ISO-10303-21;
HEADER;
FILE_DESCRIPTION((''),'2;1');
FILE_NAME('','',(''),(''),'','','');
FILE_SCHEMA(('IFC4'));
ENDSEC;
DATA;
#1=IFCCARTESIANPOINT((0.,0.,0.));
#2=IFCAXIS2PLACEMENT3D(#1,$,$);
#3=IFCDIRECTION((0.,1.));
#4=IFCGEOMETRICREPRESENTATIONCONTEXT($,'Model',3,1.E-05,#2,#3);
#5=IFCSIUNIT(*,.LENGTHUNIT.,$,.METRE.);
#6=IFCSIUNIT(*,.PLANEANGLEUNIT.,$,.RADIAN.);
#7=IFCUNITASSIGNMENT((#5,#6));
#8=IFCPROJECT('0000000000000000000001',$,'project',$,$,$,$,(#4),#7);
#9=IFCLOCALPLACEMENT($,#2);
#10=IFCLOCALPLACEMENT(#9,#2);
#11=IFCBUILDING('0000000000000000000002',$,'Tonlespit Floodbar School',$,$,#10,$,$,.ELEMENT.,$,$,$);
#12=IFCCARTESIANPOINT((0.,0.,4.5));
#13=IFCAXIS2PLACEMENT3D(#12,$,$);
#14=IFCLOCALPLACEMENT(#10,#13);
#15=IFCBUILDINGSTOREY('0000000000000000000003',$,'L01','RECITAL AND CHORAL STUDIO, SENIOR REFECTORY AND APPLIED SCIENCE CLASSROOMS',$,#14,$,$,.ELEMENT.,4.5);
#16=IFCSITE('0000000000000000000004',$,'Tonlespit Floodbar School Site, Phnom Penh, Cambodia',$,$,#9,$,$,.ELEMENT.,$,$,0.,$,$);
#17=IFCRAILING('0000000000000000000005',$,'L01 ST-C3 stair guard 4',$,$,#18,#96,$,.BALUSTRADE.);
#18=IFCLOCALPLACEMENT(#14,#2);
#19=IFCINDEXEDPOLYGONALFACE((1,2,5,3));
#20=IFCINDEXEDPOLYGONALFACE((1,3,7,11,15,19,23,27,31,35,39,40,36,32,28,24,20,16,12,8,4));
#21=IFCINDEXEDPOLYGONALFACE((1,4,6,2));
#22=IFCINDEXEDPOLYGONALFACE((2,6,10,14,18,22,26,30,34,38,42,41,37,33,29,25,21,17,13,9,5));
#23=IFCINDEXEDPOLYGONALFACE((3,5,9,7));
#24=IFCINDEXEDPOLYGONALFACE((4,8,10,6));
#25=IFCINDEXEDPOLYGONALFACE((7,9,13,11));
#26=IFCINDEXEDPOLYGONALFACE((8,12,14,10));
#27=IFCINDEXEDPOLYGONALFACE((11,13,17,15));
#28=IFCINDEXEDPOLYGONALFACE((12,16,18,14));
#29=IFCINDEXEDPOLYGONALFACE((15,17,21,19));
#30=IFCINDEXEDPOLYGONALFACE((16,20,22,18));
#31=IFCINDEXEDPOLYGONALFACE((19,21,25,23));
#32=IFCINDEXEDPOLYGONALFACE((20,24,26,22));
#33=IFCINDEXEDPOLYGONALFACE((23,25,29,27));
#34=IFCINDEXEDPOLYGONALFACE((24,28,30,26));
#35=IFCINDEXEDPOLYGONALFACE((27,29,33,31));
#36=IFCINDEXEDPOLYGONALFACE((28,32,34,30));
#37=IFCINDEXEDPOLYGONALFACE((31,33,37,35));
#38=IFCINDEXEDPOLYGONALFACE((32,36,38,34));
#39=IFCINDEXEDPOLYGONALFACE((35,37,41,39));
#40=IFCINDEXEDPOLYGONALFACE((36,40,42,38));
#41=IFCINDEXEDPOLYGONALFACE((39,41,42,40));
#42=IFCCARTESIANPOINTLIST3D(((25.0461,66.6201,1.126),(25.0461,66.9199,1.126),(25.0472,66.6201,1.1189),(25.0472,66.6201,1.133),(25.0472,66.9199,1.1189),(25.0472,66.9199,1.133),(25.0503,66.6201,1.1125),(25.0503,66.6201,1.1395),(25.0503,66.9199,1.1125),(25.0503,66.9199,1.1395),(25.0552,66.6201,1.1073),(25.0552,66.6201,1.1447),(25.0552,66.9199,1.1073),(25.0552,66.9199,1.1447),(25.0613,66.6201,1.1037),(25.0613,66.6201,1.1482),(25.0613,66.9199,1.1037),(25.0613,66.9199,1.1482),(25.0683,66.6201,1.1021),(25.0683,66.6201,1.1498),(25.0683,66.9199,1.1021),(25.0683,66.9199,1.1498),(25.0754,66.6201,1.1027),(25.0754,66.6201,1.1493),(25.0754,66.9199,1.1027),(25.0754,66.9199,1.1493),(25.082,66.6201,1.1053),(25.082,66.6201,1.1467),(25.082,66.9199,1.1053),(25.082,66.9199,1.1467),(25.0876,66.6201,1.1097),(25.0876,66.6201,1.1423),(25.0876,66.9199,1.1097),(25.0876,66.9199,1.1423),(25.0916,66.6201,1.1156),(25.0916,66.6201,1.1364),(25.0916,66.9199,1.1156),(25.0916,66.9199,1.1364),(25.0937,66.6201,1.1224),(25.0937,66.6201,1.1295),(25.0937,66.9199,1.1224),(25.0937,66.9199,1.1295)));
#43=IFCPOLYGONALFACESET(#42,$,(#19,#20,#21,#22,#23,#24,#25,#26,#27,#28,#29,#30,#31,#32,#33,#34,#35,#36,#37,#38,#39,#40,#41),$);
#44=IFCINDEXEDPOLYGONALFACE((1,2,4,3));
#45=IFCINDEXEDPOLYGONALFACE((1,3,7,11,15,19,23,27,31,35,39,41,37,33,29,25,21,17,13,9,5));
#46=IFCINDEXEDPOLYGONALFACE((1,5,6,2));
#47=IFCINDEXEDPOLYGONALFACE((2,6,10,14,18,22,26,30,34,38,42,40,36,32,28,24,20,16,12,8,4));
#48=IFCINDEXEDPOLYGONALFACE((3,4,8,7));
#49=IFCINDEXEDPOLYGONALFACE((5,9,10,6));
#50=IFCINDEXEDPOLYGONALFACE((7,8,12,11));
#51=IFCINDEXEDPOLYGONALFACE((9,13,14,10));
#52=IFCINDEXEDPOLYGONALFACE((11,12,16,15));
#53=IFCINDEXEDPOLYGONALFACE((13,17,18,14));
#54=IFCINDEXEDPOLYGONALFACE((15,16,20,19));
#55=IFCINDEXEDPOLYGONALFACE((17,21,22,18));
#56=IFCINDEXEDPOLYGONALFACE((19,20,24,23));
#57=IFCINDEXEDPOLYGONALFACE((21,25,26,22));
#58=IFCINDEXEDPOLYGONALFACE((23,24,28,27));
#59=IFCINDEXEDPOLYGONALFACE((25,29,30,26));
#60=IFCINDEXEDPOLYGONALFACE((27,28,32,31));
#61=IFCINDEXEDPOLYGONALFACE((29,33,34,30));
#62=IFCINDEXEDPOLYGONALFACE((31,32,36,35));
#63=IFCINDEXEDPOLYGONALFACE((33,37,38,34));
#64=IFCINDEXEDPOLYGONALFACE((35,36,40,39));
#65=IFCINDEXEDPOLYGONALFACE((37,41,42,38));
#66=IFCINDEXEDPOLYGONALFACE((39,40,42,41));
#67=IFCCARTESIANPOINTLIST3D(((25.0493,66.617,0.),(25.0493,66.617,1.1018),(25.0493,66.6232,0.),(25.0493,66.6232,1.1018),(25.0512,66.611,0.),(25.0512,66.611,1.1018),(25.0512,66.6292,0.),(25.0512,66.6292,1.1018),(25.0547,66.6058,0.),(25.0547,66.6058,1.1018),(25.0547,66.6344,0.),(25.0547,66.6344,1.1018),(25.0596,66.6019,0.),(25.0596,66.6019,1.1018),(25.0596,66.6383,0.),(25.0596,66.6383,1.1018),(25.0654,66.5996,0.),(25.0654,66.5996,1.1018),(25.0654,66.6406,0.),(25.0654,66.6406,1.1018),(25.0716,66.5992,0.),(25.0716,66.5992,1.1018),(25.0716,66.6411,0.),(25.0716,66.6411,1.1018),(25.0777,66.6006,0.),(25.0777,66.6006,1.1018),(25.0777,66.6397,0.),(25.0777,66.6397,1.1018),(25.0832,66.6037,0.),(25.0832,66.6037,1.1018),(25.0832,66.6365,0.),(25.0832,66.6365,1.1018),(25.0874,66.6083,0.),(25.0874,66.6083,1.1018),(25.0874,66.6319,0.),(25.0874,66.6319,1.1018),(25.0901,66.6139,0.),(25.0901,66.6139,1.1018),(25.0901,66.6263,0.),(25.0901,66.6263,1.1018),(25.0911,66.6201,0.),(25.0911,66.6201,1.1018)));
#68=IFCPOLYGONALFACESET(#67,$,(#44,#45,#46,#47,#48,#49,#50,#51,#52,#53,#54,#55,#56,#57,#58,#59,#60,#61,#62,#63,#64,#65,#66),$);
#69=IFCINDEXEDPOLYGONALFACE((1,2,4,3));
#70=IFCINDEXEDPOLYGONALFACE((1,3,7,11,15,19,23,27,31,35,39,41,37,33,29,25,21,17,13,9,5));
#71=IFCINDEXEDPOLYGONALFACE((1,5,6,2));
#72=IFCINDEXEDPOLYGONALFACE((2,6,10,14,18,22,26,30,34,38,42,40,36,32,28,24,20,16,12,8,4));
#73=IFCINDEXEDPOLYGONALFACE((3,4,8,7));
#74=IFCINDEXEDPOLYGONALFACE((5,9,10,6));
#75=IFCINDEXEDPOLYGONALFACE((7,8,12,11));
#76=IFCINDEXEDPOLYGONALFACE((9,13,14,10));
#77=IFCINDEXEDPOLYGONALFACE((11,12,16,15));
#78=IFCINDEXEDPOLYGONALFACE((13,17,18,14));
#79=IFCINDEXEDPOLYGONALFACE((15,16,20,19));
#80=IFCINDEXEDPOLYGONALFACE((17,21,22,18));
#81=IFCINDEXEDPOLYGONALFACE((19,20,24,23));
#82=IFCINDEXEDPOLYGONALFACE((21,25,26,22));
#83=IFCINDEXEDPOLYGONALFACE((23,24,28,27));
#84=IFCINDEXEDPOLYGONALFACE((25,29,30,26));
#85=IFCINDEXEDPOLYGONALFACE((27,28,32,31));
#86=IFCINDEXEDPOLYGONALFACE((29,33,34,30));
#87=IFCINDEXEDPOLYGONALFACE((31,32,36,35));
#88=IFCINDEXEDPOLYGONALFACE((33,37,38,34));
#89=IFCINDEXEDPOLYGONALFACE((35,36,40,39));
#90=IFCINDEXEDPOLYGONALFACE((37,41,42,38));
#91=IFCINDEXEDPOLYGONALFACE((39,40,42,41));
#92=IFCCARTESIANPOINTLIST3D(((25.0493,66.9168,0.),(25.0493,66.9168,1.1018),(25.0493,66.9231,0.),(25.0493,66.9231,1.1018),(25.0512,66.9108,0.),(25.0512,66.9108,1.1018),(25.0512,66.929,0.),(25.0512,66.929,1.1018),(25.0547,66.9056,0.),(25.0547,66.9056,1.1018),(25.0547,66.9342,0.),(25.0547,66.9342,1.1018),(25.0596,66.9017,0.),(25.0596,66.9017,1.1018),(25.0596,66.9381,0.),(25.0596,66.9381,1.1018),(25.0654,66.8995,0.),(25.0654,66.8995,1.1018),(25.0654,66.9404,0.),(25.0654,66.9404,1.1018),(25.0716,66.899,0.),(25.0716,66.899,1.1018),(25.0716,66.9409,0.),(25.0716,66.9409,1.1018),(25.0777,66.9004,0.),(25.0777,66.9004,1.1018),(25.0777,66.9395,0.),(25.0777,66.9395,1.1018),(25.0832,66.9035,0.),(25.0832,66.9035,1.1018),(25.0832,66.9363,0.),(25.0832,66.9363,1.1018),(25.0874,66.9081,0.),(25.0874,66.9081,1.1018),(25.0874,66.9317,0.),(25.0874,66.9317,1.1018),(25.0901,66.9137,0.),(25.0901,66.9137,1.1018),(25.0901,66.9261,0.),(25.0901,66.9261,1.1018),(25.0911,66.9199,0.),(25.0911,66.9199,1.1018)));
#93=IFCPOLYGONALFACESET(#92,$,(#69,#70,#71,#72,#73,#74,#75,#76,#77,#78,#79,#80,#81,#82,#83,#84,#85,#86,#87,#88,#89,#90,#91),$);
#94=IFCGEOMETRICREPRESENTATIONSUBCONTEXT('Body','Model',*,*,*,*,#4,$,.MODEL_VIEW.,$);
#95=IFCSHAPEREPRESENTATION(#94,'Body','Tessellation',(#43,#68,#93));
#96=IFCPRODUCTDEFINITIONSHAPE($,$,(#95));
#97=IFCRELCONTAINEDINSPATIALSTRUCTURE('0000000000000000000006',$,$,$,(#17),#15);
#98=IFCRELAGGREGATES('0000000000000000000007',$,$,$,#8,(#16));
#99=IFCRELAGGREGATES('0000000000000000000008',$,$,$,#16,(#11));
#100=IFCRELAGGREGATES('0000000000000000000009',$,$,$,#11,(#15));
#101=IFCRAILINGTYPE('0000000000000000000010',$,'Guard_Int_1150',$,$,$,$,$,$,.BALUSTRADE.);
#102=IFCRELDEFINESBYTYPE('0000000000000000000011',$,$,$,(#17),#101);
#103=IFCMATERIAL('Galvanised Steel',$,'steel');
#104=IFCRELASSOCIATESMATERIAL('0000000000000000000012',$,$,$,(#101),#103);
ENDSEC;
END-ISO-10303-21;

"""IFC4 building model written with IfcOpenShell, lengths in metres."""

from ifc_helpers import new_model, si_unit, direction, frame, origin, origin_2d, place, context, subcontext, project, spatial, circle, extrude, material, type_object, element, save


model = new_model("IFC4")

# Units and contexts
model_context = context("Model", 3, precision=1e-05, world=origin(), true_north=direction((0.0, 1.0)))
body_context = subcontext(model_context, "Body", "Model", "MODEL_VIEW")
ifc_project = project(units=[si_unit("LENGTHUNIT", "METRE"), si_unit("PLANEANGLEUNIT", "RADIAN")], contexts=[model_context])

# Site, building, storey
site_placement = place(None, origin())
site = spatial("IfcSite", under=ifc_project, at=site_placement, Name="Tonlespit Floodbar School Site, Phnom Penh, Cambodia", CompositionType="ELEMENT", RefElevation=0.0)
building_placement = place(site_placement, origin())
building = spatial("IfcBuilding", under=site, at=building_placement, Name="Tonlespit Floodbar School", CompositionType="ELEMENT")
storey_placement = place(building_placement, frame((0.0, 0.0, 4.5)))
storey = spatial("IfcBuildingStorey", under=building, at=storey_placement, Name="L01", Description="RECITAL AND CHORAL STUDIO, SENIOR REFECTORY AND APPLIED SCIENCE CLASSROOMS", CompositionType="ELEMENT", Elevation=4.5)

# Shared definitions
ifc_material_1 = material(Name="Galvanised Steel", Category="steel")

# Railing
railing_type_1 = type_object("IfcRailingType", Name="Guard_Int_1150", PredefinedType="BALUSTRADE", material=ifc_material_1)
railing_1_placement = place(storey_placement, frame((25.0701, 66.6201, 0.0)))
element("IfcRailing", 1, at=railing_1_placement, inside=storey, type_object=railing_type_1, Name="L01 ST-C3 stair guard 4", PredefinedType="BALUSTRADE", context=body_context, shape_type="SweptSolid", body=[
    extrude(circle(Radius=0.0239, at=origin_2d()), frame((0.0, 0.0, 1.126), z_axis=(0.0, 1.0, 0.0), x_axis=(-1.0, 0.0, 0.0)), (0.0, 0.0, 1.0), 0.2998),
    extrude(circle(Radius=0.021, at=origin_2d()), origin(), (0.0, 0.0, 1.0), 1.1018),
    extrude(circle(Radius=0.021, at=origin_2d()), frame((0.0, 0.2998, 0.0)), (0.0, 0.0, 1.0), 1.1018),
])

save(model, "model.ifc")
